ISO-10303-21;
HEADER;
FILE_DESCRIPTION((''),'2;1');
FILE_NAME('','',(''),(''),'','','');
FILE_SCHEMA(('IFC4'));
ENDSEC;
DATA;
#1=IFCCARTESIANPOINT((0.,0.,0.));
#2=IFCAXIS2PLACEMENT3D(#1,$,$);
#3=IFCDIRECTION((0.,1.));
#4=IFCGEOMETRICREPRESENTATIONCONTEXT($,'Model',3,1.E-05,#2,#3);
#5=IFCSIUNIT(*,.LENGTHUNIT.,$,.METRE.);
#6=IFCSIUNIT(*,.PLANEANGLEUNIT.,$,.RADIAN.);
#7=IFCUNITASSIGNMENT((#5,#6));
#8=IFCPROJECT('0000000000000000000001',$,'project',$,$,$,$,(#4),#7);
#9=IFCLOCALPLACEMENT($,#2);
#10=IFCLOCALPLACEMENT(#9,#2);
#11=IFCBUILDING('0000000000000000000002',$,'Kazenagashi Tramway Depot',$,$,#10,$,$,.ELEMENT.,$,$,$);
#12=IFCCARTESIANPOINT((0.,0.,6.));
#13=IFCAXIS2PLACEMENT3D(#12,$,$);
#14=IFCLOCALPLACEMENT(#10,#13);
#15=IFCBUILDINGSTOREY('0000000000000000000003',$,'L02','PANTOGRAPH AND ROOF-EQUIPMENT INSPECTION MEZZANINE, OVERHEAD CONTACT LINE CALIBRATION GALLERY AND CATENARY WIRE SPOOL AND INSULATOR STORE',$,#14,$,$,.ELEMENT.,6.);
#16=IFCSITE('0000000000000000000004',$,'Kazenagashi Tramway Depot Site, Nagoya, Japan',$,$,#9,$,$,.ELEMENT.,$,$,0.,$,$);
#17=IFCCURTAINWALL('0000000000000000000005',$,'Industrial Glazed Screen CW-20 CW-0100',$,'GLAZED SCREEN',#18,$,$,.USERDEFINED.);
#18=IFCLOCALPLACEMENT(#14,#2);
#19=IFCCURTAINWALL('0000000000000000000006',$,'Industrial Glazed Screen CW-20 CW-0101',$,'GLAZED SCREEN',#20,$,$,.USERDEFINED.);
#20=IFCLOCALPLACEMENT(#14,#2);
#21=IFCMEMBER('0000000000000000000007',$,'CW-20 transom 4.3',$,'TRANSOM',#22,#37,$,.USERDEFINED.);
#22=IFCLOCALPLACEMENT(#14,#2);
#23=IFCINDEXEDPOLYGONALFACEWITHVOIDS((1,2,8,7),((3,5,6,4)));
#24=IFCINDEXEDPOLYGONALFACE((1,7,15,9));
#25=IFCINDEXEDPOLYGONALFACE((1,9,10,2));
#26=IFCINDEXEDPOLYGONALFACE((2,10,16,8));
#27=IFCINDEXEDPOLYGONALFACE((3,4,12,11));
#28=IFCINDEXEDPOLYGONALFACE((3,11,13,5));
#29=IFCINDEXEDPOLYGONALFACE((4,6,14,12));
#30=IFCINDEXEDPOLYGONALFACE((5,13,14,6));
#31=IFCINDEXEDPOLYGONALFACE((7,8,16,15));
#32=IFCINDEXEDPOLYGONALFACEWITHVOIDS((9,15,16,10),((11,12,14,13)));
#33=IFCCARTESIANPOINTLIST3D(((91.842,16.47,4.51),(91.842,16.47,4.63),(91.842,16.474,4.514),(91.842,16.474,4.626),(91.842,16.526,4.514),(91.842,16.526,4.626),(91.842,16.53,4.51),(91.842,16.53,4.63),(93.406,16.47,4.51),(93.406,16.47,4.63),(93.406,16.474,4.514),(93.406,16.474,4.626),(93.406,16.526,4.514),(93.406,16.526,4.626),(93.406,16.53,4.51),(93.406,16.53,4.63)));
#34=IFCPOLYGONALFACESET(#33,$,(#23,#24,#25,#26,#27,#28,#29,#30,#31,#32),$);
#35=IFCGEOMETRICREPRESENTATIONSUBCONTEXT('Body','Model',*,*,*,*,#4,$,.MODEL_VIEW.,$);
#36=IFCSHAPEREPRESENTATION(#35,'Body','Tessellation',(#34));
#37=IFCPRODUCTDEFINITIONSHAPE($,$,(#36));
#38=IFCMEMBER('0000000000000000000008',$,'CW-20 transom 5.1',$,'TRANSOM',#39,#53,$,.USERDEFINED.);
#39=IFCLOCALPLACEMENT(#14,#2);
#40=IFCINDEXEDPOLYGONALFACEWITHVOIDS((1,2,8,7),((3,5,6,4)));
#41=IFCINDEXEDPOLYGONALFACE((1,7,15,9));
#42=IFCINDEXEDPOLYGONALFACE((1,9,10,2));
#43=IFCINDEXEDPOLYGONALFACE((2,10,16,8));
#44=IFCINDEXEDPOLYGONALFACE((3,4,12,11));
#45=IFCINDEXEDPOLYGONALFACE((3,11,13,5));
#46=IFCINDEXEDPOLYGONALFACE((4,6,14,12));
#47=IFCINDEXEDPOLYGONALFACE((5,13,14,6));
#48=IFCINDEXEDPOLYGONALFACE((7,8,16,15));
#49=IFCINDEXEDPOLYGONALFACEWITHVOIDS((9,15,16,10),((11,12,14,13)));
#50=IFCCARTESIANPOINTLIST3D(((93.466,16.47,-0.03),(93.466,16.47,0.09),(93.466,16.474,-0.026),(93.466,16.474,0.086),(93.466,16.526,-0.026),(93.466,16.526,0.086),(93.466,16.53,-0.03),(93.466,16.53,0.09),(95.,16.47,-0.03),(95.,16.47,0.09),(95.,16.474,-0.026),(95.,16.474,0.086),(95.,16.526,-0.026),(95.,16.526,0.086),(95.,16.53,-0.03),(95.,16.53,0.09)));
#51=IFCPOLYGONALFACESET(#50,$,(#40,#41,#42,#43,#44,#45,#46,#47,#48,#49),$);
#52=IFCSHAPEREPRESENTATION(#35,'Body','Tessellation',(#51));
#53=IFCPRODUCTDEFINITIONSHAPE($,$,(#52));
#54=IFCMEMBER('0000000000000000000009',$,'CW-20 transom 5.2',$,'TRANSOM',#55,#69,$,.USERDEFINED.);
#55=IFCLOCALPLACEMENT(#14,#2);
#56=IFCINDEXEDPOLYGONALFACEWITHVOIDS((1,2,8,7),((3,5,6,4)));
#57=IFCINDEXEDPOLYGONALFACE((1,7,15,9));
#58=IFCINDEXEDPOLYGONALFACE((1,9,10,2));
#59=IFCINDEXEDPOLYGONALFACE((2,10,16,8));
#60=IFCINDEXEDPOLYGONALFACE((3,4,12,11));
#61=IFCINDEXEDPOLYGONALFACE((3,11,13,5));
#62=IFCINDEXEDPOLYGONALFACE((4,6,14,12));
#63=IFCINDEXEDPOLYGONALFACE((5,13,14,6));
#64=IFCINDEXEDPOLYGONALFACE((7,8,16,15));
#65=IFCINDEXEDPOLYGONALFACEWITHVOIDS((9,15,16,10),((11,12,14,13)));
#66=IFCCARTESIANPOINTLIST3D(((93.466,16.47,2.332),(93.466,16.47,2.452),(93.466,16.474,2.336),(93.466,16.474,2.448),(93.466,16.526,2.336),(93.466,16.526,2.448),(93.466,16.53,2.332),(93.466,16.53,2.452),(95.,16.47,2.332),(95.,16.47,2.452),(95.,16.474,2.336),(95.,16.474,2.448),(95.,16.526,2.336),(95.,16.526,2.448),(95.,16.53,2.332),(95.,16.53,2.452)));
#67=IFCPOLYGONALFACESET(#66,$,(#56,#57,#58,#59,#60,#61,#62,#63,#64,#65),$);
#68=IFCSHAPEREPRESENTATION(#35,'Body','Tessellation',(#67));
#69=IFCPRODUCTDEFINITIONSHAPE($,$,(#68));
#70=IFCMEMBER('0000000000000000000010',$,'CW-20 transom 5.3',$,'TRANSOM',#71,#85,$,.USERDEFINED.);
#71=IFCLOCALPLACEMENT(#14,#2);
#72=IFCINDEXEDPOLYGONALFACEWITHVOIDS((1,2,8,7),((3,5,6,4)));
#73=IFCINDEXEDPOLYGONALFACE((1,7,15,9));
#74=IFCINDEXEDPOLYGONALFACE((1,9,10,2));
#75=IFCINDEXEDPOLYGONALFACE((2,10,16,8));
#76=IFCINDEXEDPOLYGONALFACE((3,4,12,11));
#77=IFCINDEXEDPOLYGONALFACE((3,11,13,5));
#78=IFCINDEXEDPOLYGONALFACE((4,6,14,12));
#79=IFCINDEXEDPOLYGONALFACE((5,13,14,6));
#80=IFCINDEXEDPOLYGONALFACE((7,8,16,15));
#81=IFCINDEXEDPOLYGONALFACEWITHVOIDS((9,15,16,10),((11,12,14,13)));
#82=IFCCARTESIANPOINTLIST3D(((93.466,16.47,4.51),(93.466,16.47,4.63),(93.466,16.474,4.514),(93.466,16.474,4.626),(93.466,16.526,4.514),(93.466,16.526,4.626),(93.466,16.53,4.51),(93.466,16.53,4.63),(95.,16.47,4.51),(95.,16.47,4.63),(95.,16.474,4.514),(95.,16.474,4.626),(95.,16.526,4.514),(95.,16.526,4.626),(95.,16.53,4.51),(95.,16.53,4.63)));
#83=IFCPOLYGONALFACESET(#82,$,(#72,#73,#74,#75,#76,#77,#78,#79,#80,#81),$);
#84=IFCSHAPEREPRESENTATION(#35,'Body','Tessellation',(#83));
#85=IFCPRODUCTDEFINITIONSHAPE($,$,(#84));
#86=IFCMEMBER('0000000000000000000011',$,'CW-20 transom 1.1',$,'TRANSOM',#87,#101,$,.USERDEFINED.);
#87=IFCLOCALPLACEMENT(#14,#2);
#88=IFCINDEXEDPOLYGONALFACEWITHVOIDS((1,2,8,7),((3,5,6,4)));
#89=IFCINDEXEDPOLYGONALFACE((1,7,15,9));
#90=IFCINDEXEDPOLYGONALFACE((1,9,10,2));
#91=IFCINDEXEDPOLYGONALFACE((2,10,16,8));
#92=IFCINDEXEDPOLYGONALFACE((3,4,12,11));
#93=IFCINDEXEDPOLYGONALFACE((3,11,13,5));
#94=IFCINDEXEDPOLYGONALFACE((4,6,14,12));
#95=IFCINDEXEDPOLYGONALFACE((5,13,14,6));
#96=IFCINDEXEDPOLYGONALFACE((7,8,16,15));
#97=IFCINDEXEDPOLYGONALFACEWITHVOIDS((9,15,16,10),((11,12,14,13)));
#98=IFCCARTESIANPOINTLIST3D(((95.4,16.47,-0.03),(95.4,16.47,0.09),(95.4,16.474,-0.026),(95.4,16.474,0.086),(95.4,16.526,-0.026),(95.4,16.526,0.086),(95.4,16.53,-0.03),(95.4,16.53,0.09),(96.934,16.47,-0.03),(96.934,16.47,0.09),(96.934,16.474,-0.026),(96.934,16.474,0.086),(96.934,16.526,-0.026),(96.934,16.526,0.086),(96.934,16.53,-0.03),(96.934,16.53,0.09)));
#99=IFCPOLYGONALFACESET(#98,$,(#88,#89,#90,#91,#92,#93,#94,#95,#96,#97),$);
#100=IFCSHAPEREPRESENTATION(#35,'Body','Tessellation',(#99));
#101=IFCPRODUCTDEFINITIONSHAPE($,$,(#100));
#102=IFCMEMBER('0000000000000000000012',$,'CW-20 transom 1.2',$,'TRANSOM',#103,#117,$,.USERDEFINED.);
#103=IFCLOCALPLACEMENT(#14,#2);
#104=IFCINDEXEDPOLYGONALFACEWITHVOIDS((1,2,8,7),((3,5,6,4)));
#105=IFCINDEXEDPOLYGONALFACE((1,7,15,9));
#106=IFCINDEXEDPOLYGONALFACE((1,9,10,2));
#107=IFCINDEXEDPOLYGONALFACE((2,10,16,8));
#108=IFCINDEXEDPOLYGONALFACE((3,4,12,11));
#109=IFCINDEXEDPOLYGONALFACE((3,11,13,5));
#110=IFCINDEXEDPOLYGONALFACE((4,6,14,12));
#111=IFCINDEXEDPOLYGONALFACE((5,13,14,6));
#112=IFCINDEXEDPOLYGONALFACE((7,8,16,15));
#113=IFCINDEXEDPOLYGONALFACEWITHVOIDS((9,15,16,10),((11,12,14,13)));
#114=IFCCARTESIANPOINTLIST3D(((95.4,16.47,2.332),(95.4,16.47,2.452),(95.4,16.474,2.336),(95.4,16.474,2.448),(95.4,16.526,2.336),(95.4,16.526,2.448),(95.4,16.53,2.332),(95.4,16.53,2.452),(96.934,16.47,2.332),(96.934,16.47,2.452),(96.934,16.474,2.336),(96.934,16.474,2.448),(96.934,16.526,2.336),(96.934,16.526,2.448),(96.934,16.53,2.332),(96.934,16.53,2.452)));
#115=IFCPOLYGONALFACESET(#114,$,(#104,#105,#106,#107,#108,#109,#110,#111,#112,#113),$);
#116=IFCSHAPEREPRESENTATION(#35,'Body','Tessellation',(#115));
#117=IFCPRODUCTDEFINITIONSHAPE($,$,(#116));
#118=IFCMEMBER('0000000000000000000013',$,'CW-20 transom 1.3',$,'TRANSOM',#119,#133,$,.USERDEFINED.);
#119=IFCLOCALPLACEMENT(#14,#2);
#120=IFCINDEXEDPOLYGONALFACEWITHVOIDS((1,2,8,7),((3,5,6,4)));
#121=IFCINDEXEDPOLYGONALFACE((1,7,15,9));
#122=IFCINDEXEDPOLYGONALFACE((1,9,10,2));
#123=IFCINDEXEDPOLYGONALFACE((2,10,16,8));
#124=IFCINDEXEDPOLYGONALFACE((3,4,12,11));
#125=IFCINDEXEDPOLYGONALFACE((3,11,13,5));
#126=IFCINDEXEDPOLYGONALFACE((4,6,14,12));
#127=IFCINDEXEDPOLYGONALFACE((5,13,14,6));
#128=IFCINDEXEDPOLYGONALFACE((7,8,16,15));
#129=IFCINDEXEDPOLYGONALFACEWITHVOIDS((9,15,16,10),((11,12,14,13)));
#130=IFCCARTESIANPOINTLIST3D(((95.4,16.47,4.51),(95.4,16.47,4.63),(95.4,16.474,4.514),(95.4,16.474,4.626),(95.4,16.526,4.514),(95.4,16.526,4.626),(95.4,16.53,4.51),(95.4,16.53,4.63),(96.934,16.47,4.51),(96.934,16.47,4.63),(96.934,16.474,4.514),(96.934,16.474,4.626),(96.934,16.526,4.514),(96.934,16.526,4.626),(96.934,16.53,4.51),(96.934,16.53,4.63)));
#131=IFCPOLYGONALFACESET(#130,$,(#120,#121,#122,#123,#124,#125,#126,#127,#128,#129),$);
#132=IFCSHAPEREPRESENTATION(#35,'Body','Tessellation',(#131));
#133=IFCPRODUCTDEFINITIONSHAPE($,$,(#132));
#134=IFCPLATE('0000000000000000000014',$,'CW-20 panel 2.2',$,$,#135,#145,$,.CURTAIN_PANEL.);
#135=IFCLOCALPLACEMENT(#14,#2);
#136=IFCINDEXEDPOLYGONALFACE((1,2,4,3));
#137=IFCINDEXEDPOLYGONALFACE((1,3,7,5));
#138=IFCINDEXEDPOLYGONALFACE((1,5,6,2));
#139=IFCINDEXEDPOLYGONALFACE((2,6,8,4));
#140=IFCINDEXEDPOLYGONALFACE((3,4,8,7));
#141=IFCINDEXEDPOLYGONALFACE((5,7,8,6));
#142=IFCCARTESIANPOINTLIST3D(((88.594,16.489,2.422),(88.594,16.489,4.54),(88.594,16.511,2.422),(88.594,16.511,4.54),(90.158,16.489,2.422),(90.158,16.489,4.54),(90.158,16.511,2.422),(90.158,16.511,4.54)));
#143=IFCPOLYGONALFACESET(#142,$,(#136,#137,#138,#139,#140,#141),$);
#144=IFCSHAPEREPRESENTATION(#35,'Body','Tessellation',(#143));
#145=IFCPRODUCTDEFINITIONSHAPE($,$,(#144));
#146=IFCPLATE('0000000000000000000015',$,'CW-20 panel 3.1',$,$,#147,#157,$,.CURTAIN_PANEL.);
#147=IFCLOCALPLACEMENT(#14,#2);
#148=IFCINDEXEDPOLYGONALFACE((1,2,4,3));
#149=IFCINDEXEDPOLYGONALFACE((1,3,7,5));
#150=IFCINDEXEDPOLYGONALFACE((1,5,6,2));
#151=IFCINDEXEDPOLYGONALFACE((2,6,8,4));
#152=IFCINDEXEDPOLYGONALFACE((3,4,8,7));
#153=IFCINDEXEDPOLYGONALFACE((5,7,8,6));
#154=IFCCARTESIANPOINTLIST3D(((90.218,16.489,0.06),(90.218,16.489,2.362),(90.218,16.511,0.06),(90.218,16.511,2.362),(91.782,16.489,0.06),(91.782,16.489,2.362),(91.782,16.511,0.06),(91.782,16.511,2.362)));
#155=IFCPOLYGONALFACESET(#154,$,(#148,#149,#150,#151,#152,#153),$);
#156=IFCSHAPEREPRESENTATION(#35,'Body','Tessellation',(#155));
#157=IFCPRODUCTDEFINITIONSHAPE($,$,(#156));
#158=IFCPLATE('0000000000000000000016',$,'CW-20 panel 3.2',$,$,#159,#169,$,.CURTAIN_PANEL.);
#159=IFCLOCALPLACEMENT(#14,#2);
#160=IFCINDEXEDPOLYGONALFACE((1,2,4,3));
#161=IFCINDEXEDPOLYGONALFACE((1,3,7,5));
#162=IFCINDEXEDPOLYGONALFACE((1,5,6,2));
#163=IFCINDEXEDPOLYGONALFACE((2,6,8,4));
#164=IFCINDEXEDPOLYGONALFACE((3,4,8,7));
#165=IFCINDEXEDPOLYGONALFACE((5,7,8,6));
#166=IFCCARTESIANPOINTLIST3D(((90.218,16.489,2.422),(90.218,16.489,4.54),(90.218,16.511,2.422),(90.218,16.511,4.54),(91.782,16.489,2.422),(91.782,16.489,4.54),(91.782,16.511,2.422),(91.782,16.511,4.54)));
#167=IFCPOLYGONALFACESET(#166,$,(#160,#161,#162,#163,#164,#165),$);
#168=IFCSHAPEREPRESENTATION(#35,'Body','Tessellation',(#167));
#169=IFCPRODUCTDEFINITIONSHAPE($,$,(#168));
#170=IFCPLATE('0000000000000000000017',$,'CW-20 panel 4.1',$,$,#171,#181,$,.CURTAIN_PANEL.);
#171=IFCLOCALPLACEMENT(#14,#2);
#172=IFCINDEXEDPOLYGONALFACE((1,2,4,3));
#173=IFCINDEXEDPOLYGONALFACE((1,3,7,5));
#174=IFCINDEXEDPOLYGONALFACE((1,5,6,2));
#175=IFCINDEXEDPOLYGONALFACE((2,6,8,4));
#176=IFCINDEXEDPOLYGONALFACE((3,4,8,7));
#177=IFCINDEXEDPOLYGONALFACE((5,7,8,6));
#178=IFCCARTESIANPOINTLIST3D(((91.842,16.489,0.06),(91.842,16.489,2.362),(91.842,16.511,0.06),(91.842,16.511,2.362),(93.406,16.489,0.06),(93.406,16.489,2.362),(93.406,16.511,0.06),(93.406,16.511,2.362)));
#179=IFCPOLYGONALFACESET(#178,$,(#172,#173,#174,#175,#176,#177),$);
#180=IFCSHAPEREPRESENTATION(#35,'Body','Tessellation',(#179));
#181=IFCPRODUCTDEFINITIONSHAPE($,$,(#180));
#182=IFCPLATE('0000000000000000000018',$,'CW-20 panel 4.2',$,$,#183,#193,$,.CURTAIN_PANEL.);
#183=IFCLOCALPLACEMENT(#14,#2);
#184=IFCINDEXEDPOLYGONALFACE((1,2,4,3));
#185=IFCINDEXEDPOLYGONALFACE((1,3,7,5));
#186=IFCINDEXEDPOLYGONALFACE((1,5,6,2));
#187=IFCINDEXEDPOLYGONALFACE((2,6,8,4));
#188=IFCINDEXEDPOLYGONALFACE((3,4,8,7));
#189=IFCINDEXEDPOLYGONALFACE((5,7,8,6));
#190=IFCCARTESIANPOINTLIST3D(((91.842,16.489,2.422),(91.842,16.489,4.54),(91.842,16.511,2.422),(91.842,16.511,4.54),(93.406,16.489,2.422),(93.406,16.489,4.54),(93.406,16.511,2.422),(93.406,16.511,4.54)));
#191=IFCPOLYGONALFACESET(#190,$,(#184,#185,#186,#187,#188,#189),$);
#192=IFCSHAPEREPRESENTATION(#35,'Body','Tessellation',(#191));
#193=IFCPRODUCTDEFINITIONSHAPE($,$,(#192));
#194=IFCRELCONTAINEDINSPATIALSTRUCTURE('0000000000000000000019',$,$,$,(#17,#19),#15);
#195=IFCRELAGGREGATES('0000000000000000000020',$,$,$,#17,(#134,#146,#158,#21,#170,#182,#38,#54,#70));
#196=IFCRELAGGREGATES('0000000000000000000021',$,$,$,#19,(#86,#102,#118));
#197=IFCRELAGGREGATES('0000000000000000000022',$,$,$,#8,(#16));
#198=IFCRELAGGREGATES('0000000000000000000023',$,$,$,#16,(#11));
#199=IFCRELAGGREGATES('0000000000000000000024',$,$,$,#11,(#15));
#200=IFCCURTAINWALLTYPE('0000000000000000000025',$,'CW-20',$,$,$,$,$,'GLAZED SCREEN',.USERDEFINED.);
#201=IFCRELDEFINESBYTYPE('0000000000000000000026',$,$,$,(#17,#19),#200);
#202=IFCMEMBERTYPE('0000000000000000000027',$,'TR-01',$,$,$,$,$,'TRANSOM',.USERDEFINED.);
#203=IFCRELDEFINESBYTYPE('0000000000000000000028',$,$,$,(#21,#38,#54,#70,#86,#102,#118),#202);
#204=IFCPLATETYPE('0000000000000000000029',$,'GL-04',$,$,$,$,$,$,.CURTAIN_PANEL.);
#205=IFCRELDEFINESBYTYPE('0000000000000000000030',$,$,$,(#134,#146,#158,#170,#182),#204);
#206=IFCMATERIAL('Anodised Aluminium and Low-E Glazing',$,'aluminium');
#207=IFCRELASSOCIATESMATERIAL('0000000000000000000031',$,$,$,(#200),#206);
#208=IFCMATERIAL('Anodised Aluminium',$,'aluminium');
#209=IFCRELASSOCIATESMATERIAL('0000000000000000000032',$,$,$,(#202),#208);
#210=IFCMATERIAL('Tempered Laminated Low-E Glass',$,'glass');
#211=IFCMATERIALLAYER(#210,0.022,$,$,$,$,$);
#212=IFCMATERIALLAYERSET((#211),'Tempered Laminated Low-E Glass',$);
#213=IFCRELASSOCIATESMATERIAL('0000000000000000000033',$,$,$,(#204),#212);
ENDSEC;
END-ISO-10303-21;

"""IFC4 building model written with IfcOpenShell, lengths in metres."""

from ifc_helpers import new_model, si_unit, direction, frame, origin, origin_2d, place, context, subcontext, project, spatial, rectangle, hollow_rectangle, extrude, material, layer, layer_set, material_profile, profile_set, type_object, element, aggregate, save


model = new_model("IFC4")

# Units and contexts
model_context = context("Model", 3, precision=1e-05, world=origin(), true_north=direction((0.0, 1.0)))
body_context = subcontext(model_context, "Body", "Model", "MODEL_VIEW")
ifc_project = project(units=[si_unit("LENGTHUNIT", "METRE"), si_unit("PLANEANGLEUNIT", "RADIAN")], contexts=[model_context])

# Site, building, storey
site_placement = place(None, origin())
site = spatial("IfcSite", under=ifc_project, at=site_placement, Name="Kazenagashi Tramway Depot Site, Nagoya, Japan", CompositionType="ELEMENT", RefElevation=0.0)
building_placement = place(site_placement, origin())
building = spatial("IfcBuilding", under=site, at=building_placement, Name="Kazenagashi Tramway Depot", CompositionType="ELEMENT")
storey_placement = place(building_placement, frame((0.0, 0.0, 6.0)))
storey = spatial("IfcBuildingStorey", under=building, at=storey_placement, Name="L02", Description="PANTOGRAPH AND ROOF-EQUIPMENT INSPECTION MEZZANINE, OVERHEAD CONTACT LINE CALIBRATION GALLERY AND CATENARY WIRE SPOOL AND INSULATOR STORE", CompositionType="ELEMENT", Elevation=6.0)

# Curtain wall
ifc_material_1 = material(Name="Anodised Aluminium and Low-E Glazing", Category="aluminium")
curtain_wall_type = type_object("IfcCurtainWallType", Name="CW-20", ElementType="GLAZED SCREEN", PredefinedType="USERDEFINED", material=ifc_material_1)
curtain_wall_1_placement = place(storey_placement, origin())
curtain_wall_1 = element("IfcCurtainWall", 1, at=curtain_wall_1_placement, inside=storey, type_object=curtain_wall_type, Name="Industrial Glazed Screen CW-20 CW-0100", ObjectType="GLAZED SCREEN", PredefinedType="USERDEFINED")
ifc_material_2 = material(Name="Anodised Aluminium", Category="aluminium")

# Curtain wall
curtain_wall_2_placement = place(storey_placement, origin())
curtain_wall_2 = element("IfcCurtainWall", 2, at=curtain_wall_2_placement, inside=storey, type_object=curtain_wall_type, Name="Industrial Glazed Screen CW-20 CW-0101", ObjectType="GLAZED SCREEN", PredefinedType="USERDEFINED")

# Members
ifc_material_profile_1 = material_profile(ifc_material_2, hollow_rectangle(XDim=0.06, YDim=0.12, WallThickness=0.004, at=origin_2d()), Name="RHS-120x60x4")
ifc_profile_set_1 = profile_set([ifc_material_profile_1], Name="Anodised Aluminium")
member_type_1 = type_object("IfcMemberType", Name="TR-01", ElementType="TRANSOM", PredefinedType="USERDEFINED", material=ifc_profile_set_1)
member_1_placement = place(storey_placement, frame((91.842, 16.5, 4.57), z_axis=(1.0, 0.0, 0.0), x_axis=(0.0, 1.0, 0.0)))
member_1 = element("IfcMember", 3, at=member_1_placement, type_object=member_type_1, Name="CW-20 transom 4.3", ObjectType="TRANSOM", PredefinedType="USERDEFINED", context=body_context, shape_type="SweptSolid", body=[
    extrude(hollow_rectangle(XDim=0.06, YDim=0.12, WallThickness=0.004, at=origin_2d()), origin(), (0.0, 0.0, 1.0), 1.564),
])
member_2_placement = place(storey_placement, frame((93.466, 16.5, 0.03), z_axis=(1.0, 0.0, 0.0), x_axis=(0.0, 1.0, 0.0)))
member_2 = element("IfcMember", 4, at=member_2_placement, type_object=member_type_1, Name="CW-20 transom 5.1", ObjectType="TRANSOM", PredefinedType="USERDEFINED", context=body_context, shape_type="SweptSolid", body=[
    extrude(hollow_rectangle(XDim=0.06, YDim=0.12, WallThickness=0.004, at=origin_2d()), origin(), (0.0, 0.0, 1.0), 1.534),
])
member_3_placement = place(storey_placement, frame((93.466, 16.5, 2.392), z_axis=(1.0, 0.0, 0.0), x_axis=(0.0, 1.0, 0.0)))
member_3 = element("IfcMember", 5, at=member_3_placement, type_object=member_type_1, Name="CW-20 transom 5.2", ObjectType="TRANSOM", PredefinedType="USERDEFINED", context=body_context, shape_type="SweptSolid", body=[
    extrude(hollow_rectangle(XDim=0.06, YDim=0.12, WallThickness=0.004, at=origin_2d()), origin(), (0.0, 0.0, 1.0), 1.534),
])
member_4_placement = place(storey_placement, frame((93.466, 16.5, 4.57), z_axis=(1.0, 0.0, 0.0), x_axis=(0.0, 1.0, 0.0)))
member_4 = element("IfcMember", 6, at=member_4_placement, type_object=member_type_1, Name="CW-20 transom 5.3", ObjectType="TRANSOM", PredefinedType="USERDEFINED", context=body_context, shape_type="SweptSolid", body=[
    extrude(hollow_rectangle(XDim=0.06, YDim=0.12, WallThickness=0.004, at=origin_2d()), origin(), (0.0, 0.0, 1.0), 1.534),
])
member_5_placement = place(storey_placement, frame((95.4, 16.5, 0.03), z_axis=(1.0, 0.0, 0.0), x_axis=(0.0, 1.0, 0.0)))
member_5 = element("IfcMember", 7, at=member_5_placement, type_object=member_type_1, Name="CW-20 transom 1.1", ObjectType="TRANSOM", PredefinedType="USERDEFINED", context=body_context, shape_type="SweptSolid", body=[
    extrude(hollow_rectangle(XDim=0.06, YDim=0.12, WallThickness=0.004, at=origin_2d()), origin(), (0.0, 0.0, 1.0), 1.534),
])
member_6_placement = place(storey_placement, frame((95.4, 16.5, 2.392), z_axis=(1.0, 0.0, 0.0), x_axis=(0.0, 1.0, 0.0)))
member_6 = element("IfcMember", 8, at=member_6_placement, type_object=member_type_1, Name="CW-20 transom 1.2", ObjectType="TRANSOM", PredefinedType="USERDEFINED", context=body_context, shape_type="SweptSolid", body=[
    extrude(hollow_rectangle(XDim=0.06, YDim=0.12, WallThickness=0.004, at=origin_2d()), origin(), (0.0, 0.0, 1.0), 1.534),
])
member_7_placement = place(storey_placement, frame((95.4, 16.5, 4.57), z_axis=(1.0, 0.0, 0.0), x_axis=(0.0, 1.0, 0.0)))
member_7 = element("IfcMember", 9, at=member_7_placement, type_object=member_type_1, Name="CW-20 transom 1.3", ObjectType="TRANSOM", PredefinedType="USERDEFINED", context=body_context, shape_type="SweptSolid", body=[
    extrude(hollow_rectangle(XDim=0.06, YDim=0.12, WallThickness=0.004, at=origin_2d()), origin(), (0.0, 0.0, 1.0), 1.534),
])

# Plates
ifc_material_3 = material(Name="Tempered Laminated Low-E Glass", Category="glass")
ifc_layer_1 = layer(ifc_material_3, 0.022)
ifc_layer_set_1 = layer_set([ifc_layer_1], Name="Tempered Laminated Low-E Glass")
plate_type_1 = type_object("IfcPlateType", Name="GL-04", PredefinedType="CURTAIN_PANEL", material=ifc_layer_set_1)
plate_1_placement = place(storey_placement, frame((89.376, 16.5, 2.422), z_axis=(0.0, 0.0, 1.0), x_axis=(1.0, 0.0, 0.0)))
plate_1 = element("IfcPlate", 10, at=plate_1_placement, type_object=plate_type_1, Name="CW-20 panel 2.2", PredefinedType="CURTAIN_PANEL", context=body_context, shape_type="SweptSolid", body=[
    extrude(rectangle(XDim=1.564, YDim=0.022, at=origin_2d()), origin(), (0.0, 0.0, 1.0), 2.118),
])
plate_2_placement = place(storey_placement, frame((91.0, 16.5, 0.06), z_axis=(0.0, 0.0, 1.0), x_axis=(1.0, 0.0, 0.0)))
plate_2 = element("IfcPlate", 11, at=plate_2_placement, type_object=plate_type_1, Name="CW-20 panel 3.1", PredefinedType="CURTAIN_PANEL", context=body_context, shape_type="SweptSolid", body=[
    extrude(rectangle(XDim=1.564, YDim=0.022, at=origin_2d()), origin(), (0.0, 0.0, 1.0), 2.302),
])
plate_3_placement = place(storey_placement, frame((91.0, 16.5, 2.422), z_axis=(0.0, 0.0, 1.0), x_axis=(1.0, 0.0, 0.0)))
plate_3 = element("IfcPlate", 12, at=plate_3_placement, type_object=plate_type_1, Name="CW-20 panel 3.2", PredefinedType="CURTAIN_PANEL", context=body_context, shape_type="SweptSolid", body=[
    extrude(rectangle(XDim=1.564, YDim=0.022, at=origin_2d()), origin(), (0.0, 0.0, 1.0), 2.118),
])
plate_4_placement = place(storey_placement, frame((92.624, 16.5, 0.06), z_axis=(0.0, 0.0, 1.0), x_axis=(1.0, 0.0, 0.0)))
plate_4 = element("IfcPlate", 13, at=plate_4_placement, type_object=plate_type_1, Name="CW-20 panel 4.1", PredefinedType="CURTAIN_PANEL", context=body_context, shape_type="SweptSolid", body=[
    extrude(rectangle(XDim=1.564, YDim=0.022, at=origin_2d()), origin(), (0.0, 0.0, 1.0), 2.302),
])
plate_5_placement = place(storey_placement, frame((92.624, 16.5, 2.422), z_axis=(0.0, 0.0, 1.0), x_axis=(1.0, 0.0, 0.0)))
plate_5 = element("IfcPlate", 14, at=plate_5_placement, type_object=plate_type_1, Name="CW-20 panel 4.2", PredefinedType="CURTAIN_PANEL", context=body_context, shape_type="SweptSolid", body=[
    extrude(rectangle(XDim=1.564, YDim=0.022, at=origin_2d()), origin(), (0.0, 0.0, 1.0), 2.118),
])
aggregate(curtain_wall_1, [plate_1, plate_2, plate_3, member_1, plate_4, plate_5, member_2, member_3, member_4])
aggregate(curtain_wall_2, [member_5, member_6, member_7])

save(model, "model.ifc")
